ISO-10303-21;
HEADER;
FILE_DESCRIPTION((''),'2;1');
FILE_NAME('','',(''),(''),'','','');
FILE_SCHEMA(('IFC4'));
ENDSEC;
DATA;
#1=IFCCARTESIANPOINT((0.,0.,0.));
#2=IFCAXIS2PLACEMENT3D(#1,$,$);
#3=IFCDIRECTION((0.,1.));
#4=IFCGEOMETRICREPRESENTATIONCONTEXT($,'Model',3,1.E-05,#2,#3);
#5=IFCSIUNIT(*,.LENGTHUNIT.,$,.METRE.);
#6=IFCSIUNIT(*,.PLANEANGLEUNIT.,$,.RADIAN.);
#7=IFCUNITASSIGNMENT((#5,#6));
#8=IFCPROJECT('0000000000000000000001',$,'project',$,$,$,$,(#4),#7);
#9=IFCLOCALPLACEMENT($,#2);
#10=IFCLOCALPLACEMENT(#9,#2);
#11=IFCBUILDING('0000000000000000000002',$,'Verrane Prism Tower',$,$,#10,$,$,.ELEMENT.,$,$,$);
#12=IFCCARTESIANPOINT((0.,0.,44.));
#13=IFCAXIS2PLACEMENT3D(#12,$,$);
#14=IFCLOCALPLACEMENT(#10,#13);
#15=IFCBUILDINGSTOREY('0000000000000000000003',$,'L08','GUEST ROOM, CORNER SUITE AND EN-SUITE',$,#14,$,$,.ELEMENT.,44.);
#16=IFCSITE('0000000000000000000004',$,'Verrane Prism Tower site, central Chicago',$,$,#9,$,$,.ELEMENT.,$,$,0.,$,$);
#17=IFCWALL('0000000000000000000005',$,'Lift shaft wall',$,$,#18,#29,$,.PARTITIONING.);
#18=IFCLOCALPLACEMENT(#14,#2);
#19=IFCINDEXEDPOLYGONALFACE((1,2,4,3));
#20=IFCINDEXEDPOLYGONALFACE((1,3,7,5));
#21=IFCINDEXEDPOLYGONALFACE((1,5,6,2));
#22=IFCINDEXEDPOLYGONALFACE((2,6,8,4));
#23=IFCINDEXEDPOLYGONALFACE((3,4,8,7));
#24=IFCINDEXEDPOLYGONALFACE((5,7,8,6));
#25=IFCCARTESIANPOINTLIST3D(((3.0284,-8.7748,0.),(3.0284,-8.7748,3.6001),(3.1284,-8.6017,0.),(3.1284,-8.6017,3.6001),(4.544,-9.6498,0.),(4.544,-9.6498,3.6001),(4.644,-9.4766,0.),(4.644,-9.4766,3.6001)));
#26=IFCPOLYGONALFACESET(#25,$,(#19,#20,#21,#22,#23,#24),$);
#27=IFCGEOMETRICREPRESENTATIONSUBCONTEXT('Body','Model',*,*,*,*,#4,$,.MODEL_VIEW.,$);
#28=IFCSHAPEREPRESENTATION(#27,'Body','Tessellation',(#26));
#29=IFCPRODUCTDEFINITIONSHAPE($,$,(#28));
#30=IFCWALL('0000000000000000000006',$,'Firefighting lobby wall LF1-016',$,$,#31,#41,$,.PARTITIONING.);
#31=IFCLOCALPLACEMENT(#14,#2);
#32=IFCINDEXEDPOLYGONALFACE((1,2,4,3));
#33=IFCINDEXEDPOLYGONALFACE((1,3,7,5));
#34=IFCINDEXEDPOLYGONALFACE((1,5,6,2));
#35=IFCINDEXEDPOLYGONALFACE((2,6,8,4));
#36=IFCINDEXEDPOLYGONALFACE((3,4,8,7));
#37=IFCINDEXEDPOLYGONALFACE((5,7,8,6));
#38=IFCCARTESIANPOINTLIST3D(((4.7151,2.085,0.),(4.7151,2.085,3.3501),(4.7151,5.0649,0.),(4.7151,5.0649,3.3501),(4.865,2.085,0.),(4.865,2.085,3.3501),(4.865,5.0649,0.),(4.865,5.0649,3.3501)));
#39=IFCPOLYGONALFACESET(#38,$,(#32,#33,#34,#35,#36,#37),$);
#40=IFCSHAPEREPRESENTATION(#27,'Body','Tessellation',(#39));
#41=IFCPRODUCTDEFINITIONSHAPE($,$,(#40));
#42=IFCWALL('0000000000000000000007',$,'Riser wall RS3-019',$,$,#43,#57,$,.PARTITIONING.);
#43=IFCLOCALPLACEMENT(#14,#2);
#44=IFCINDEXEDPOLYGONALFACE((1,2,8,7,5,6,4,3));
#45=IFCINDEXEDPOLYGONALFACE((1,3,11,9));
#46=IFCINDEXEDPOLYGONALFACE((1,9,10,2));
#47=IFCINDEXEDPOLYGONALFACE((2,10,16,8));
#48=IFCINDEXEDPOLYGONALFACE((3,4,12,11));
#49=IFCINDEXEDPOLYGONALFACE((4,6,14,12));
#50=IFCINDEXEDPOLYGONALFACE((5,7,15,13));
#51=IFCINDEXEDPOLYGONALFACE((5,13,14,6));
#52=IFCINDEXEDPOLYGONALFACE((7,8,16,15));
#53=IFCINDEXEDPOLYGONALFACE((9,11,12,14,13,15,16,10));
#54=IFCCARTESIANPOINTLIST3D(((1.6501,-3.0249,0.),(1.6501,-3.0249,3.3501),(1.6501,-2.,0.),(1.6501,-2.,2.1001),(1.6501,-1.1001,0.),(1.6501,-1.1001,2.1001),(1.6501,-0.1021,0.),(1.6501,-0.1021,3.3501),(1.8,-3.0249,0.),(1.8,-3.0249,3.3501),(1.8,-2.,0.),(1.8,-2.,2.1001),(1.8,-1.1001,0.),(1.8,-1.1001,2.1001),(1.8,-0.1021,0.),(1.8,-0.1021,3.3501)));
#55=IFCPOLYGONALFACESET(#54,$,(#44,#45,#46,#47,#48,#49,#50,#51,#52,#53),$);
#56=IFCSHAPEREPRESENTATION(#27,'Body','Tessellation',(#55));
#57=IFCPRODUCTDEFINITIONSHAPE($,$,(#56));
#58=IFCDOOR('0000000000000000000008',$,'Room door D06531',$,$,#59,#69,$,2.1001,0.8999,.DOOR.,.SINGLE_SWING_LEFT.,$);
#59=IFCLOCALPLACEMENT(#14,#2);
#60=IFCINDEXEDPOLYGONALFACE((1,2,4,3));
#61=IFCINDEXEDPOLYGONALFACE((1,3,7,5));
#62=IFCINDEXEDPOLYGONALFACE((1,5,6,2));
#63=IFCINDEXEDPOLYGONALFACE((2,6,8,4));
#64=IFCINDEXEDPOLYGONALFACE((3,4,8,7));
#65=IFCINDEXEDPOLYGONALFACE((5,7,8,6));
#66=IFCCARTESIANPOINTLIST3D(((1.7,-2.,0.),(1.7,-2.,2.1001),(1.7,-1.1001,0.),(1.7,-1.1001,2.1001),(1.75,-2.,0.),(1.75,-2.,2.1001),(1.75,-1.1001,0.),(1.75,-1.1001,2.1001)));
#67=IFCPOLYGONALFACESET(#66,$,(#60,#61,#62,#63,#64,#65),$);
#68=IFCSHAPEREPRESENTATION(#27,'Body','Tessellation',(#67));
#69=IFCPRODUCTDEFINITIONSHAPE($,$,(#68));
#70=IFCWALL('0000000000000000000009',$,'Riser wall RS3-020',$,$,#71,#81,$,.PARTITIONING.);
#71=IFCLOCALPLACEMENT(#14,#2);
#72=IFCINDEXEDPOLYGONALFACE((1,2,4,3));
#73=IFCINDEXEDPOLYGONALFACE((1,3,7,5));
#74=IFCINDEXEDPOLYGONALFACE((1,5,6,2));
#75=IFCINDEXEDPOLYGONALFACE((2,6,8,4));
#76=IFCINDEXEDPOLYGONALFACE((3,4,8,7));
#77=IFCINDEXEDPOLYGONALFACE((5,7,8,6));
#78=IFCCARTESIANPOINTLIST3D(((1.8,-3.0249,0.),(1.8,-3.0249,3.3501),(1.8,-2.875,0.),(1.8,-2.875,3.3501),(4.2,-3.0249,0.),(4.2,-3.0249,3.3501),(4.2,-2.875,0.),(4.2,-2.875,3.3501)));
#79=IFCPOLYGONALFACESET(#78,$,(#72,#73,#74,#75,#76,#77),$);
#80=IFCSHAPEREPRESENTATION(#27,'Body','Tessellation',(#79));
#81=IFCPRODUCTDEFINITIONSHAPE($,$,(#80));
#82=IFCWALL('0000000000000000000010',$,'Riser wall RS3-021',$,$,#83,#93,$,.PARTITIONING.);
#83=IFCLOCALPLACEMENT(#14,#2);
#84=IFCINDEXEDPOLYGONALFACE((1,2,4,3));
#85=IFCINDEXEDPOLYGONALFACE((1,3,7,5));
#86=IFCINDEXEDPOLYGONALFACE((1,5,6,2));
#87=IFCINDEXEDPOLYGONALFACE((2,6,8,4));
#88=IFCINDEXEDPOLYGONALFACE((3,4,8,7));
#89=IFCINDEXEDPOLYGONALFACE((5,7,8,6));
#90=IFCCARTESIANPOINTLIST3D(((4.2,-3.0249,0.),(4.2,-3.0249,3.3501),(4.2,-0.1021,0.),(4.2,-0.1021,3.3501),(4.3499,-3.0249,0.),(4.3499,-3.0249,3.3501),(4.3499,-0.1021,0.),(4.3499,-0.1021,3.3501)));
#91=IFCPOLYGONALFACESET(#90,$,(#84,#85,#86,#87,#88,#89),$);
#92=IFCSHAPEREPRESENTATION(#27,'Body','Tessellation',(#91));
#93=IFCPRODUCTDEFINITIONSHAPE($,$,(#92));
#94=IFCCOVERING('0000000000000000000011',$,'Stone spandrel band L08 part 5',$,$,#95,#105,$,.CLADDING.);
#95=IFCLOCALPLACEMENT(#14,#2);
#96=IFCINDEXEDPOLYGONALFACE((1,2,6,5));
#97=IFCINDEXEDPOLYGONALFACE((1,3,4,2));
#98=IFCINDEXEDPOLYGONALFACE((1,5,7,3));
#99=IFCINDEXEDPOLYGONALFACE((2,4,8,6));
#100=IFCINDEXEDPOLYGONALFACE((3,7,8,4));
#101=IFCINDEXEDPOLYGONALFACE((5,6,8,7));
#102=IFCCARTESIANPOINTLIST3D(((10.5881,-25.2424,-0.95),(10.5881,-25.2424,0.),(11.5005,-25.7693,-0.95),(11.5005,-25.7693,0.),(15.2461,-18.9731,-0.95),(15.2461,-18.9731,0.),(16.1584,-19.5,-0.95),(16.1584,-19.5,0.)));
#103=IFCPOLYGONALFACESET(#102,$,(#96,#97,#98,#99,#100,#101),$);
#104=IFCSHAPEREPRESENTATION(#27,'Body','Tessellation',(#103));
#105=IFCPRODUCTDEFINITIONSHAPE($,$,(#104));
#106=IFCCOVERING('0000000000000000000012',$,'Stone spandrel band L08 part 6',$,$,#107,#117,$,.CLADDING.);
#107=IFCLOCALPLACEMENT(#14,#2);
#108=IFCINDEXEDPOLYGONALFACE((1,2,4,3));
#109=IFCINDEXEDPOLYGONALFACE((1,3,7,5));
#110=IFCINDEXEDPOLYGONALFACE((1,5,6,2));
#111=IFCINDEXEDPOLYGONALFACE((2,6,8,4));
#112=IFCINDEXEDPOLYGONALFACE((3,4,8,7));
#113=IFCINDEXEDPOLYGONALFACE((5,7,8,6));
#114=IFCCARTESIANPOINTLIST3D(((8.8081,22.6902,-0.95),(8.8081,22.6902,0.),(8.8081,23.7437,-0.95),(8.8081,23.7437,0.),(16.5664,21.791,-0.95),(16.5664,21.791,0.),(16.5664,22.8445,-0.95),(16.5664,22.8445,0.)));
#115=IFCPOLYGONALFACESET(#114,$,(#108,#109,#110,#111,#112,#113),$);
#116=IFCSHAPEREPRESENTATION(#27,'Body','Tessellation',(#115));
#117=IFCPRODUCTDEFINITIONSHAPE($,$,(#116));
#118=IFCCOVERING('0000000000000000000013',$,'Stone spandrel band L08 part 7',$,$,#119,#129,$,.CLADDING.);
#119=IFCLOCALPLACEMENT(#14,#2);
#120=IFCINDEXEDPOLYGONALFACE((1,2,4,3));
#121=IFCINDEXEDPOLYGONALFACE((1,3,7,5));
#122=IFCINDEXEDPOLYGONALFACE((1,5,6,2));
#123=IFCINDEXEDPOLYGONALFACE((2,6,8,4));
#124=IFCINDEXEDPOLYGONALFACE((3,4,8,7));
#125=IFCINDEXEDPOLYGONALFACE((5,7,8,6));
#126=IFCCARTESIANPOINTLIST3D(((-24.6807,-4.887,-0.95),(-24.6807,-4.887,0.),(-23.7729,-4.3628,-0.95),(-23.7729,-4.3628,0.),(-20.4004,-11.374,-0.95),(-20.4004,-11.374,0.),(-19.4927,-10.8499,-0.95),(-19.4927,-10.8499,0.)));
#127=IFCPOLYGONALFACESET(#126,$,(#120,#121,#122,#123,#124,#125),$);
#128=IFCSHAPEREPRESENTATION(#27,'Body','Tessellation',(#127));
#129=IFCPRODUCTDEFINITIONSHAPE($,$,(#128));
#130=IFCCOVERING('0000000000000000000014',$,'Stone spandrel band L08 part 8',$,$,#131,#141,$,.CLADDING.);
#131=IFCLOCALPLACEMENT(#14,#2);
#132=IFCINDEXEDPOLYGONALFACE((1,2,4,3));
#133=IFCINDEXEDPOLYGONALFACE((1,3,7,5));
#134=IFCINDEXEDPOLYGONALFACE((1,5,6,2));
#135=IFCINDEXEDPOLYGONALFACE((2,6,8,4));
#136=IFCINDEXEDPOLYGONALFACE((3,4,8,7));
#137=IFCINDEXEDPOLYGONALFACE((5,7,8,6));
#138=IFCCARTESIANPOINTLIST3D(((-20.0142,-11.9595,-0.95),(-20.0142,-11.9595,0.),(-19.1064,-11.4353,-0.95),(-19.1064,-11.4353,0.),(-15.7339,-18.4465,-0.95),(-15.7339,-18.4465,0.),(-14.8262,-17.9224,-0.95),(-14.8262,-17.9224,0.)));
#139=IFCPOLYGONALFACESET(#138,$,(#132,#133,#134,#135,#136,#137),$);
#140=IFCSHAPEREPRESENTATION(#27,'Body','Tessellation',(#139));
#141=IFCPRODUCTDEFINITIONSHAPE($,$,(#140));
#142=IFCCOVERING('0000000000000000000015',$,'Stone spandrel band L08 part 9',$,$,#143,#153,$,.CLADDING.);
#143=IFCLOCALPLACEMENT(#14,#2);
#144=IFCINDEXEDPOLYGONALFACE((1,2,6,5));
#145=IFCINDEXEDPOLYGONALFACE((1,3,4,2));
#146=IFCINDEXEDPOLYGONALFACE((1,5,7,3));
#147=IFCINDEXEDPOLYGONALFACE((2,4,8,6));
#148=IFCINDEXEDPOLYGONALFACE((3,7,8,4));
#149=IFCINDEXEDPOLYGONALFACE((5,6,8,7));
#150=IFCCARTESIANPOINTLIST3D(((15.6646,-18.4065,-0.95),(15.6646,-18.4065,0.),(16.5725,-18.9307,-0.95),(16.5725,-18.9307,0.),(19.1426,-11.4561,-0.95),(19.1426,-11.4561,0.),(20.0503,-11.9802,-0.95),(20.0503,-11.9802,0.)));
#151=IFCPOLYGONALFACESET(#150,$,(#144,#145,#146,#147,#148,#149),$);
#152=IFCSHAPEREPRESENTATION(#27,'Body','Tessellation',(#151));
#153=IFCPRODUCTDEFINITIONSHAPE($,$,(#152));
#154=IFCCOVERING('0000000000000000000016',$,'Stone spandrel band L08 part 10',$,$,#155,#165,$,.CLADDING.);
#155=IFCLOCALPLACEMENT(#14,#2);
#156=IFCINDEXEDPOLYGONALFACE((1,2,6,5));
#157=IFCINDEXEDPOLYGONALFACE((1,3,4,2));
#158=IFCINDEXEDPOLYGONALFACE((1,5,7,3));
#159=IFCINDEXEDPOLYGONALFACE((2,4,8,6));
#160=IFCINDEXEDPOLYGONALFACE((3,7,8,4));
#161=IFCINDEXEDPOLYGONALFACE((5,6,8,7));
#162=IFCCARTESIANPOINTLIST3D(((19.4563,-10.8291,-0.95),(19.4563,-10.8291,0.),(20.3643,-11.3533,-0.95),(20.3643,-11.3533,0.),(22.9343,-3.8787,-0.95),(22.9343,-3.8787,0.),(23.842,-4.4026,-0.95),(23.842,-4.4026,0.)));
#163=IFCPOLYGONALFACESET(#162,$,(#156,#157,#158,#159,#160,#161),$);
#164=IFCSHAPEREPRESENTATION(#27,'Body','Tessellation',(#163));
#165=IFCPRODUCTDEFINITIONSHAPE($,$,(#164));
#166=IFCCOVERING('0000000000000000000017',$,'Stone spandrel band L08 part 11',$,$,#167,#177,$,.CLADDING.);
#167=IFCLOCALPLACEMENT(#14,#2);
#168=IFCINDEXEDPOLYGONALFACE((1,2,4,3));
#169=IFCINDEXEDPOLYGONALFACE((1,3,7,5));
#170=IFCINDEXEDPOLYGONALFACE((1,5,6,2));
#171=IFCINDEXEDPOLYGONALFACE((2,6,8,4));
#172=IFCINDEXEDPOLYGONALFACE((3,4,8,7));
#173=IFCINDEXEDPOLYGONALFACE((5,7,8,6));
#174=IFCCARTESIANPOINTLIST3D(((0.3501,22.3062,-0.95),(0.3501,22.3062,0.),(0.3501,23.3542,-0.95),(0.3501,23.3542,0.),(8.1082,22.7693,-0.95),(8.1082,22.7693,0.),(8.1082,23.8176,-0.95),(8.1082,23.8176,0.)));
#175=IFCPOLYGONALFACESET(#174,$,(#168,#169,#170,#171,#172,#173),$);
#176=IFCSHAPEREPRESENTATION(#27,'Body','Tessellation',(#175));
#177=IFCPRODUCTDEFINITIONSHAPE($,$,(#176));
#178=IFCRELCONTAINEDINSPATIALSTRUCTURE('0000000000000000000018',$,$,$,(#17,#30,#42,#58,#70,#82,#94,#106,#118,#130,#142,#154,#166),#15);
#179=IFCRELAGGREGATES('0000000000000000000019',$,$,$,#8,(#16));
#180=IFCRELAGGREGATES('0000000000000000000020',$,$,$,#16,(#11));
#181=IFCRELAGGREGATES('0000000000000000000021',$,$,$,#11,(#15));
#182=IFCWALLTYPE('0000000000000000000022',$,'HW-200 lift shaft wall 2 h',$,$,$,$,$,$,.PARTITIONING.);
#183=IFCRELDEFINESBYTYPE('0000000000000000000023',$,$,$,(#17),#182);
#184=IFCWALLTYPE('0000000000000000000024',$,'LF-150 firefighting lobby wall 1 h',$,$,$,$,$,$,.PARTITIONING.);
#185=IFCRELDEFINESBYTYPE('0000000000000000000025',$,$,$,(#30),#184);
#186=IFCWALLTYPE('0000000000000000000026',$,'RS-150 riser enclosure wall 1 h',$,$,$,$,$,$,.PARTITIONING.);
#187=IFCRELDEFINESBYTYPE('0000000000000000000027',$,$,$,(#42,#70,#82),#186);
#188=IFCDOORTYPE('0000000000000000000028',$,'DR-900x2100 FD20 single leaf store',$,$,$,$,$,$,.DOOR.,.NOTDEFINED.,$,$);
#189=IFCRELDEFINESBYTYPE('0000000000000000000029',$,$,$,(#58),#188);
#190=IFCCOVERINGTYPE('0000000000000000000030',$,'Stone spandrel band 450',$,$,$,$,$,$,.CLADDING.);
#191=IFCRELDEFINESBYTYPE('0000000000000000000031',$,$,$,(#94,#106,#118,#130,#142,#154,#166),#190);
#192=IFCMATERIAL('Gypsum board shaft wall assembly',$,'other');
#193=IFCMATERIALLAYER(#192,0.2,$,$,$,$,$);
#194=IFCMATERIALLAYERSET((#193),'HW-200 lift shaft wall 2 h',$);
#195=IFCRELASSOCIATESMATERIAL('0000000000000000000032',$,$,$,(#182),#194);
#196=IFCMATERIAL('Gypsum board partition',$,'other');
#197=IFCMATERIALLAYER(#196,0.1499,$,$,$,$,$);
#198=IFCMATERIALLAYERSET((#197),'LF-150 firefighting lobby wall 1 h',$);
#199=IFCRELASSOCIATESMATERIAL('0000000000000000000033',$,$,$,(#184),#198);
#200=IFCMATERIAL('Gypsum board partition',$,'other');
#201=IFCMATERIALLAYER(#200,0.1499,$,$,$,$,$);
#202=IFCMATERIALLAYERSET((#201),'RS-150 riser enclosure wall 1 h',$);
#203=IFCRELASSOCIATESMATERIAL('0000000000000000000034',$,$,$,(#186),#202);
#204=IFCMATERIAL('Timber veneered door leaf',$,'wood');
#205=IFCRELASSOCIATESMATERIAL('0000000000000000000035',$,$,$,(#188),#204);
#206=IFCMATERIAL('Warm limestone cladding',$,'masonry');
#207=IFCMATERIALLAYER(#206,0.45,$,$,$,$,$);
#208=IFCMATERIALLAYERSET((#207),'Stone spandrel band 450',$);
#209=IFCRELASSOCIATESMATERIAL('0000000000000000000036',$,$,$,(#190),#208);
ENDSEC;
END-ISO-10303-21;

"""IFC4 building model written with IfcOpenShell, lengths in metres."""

from ifc_helpers import new_model, si_unit, direction, frame, frame_2d, origin, place, context, subcontext, project, spatial, polyline, rectangle, outline, extrude, material, layer, layer_set, type_object, element, fill, save


model = new_model("IFC4")

# Units and contexts
model_context = context("Model", 3, precision=1e-05, world=origin(), true_north=direction((0.0, 1.0)))
body_context = subcontext(model_context, "Body", "Model", "MODEL_VIEW")
ifc_project = project(units=[si_unit("LENGTHUNIT", "METRE"), si_unit("PLANEANGLEUNIT", "RADIAN")], contexts=[model_context])

# Site, building, storey
site_placement = place(None, origin())
site = spatial("IfcSite", under=ifc_project, at=site_placement, Name="Verrane Prism Tower site, central Chicago", CompositionType="ELEMENT", RefElevation=0.0)
building_placement = place(site_placement, origin())
building = spatial("IfcBuilding", under=site, at=building_placement, Name="Verrane Prism Tower", CompositionType="ELEMENT")
storey_placement = place(building_placement, frame((0.0, 0.0, 44.0)))
storey = spatial("IfcBuildingStorey", under=building, at=storey_placement, Name="L08", Description="GUEST ROOM, CORNER SUITE AND EN-SUITE", CompositionType="ELEMENT", Elevation=44.0)

# Shared definitions
ifc_material_1 = material(Name="Gypsum board shaft wall assembly", Category="other")
ifc_layer_1 = layer(ifc_material_1, 0.2)
ifc_layer_set_1 = layer_set([ifc_layer_1], Name="HW-200 lift shaft wall 2 h")
wall_type_1 = type_object("IfcWallType", Name="HW-200 lift shaft wall 2 h", PredefinedType="PARTITIONING", material=ifc_layer_set_1)

# Walls
wall_1_placement = place(storey_placement, frame((4.594, -9.5632, 0.0), z_axis=(0.0, 0.0, 1.0), x_axis=(-0.866037, 0.49998, 0.0)))
element("IfcWall", 1, at=wall_1_placement, inside=storey, type_object=wall_type_1, Name="Lift shaft wall", PredefinedType="PARTITIONING", context=body_context, shape_type="SweptSolid", body=[
    extrude(rectangle(XDim=1.75, YDim=0.2, at=frame_2d((0.875, 0.0))), origin(), (0.0, 0.0, 1.0), 3.6001),
])
ifc_material_2 = material(Name="Gypsum board partition", Category="other")
ifc_layer_2 = layer(ifc_material_2, 0.1499)
ifc_layer_set_2 = layer_set([ifc_layer_2], Name="LF-150 firefighting lobby wall 1 h")
wall_type_2 = type_object("IfcWallType", Name="LF-150 firefighting lobby wall 1 h", PredefinedType="PARTITIONING", material=ifc_layer_set_2)
wall_2_placement = place(storey_placement, frame((4.79, 2.085, 0.0), z_axis=(0.0, 0.0, 1.0), x_axis=(0.0, 1.0, 0.0)))
element("IfcWall", 2, at=wall_2_placement, inside=storey, type_object=wall_type_2, Name="Firefighting lobby wall LF1-016", PredefinedType="PARTITIONING", context=body_context, shape_type="SweptSolid", body=[
    extrude(rectangle(XDim=2.98, YDim=0.1499, at=frame_2d((1.49, 0.0))), origin(), (0.0, 0.0, 1.0), 3.3501),
])

# Wall, opening, door
ifc_material_3 = material(Name="Gypsum board partition", Category="other")
ifc_layer_3 = layer(ifc_material_3, 0.1499)
ifc_layer_set_3 = layer_set([ifc_layer_3], Name="RS-150 riser enclosure wall 1 h")
wall_type_3 = type_object("IfcWallType", Name="RS-150 riser enclosure wall 1 h", PredefinedType="PARTITIONING", material=ifc_layer_set_3)
wall_3_placement = place(storey_placement, frame((1.7251, -0.1021, 0.0), z_axis=(0.0, 0.0, 1.0), x_axis=(0.0, -1.0, 0.0)))
wall_3 = element("IfcWall", 3, at=wall_3_placement, inside=storey, type_object=wall_type_3, Name="Riser wall RS3-019", PredefinedType="PARTITIONING", context=body_context, shape_type="SweptSolid", body=[
    extrude(rectangle(XDim=2.9229, YDim=0.1499, at=frame_2d((1.4614, 0.0))), origin(), (0.0, 0.0, 1.0), 3.3501),
])
opening_1_placement = place(wall_3_placement, frame((0.998, 0.0, 0.0)))
opening_1 = element("IfcOpeningElement", 4, at=opening_1_placement, cuts=wall_3, PredefinedType="OPENING", context=body_context, shape_type="SweptSolid", body=[
    extrude(rectangle(XDim=0.8999, YDim=2.1001, at=frame_2d((0.45, 1.05))), frame((0.0, 0.085, 0.0), z_axis=(0.0, -1.0, 0.0), x_axis=(1.0, 0.0, 0.0)), (0.0, 0.0, 1.0), 0.1699),
])
ifc_material_4 = material(Name="Timber veneered door leaf", Category="wood")
door_type_1 = type_object("IfcDoorType", Name="DR-900x2100 FD20 single leaf store", OperationType="NOTDEFINED", PredefinedType="DOOR", material=ifc_material_4)
door_1_placement = place(opening_1_placement, origin())
door_1 = element("IfcDoor", 5, at=door_1_placement, inside=storey, type_object=door_type_1, Name="Room door D06531", OperationType="SINGLE_SWING_LEFT", OverallHeight=2.1001, OverallWidth=0.8999, PredefinedType="DOOR", context=body_context, shape_type="SweptSolid", body=[
    extrude(rectangle(XDim=0.8999, YDim=2.1001, at=frame_2d((0.45, 1.05))), frame((0.0, 0.0249, 0.0), z_axis=(0.0, -1.0, 0.0), x_axis=(1.0, 0.0, 0.0)), (0.0, 0.0, 1.0), 0.05),
])
fill(opening_1, door_1)

# Walls
wall_4_placement = place(storey_placement, frame((1.8, -2.95, 0.0), z_axis=(0.0, 0.0, 1.0), x_axis=(1.0, 0.0, 0.0)))
element("IfcWall", 6, at=wall_4_placement, inside=storey, type_object=wall_type_3, Name="Riser wall RS3-020", PredefinedType="PARTITIONING", context=body_context, shape_type="SweptSolid", body=[
    extrude(rectangle(XDim=2.3999, YDim=0.1499, at=frame_2d((1.2, 0.0))), origin(), (0.0, 0.0, 1.0), 3.3501),
])
wall_5_placement = place(storey_placement, frame((4.2749, -3.0249, 0.0), z_axis=(0.0, 0.0, 1.0), x_axis=(0.0, 1.0, 0.0)))
element("IfcWall", 7, at=wall_5_placement, inside=storey, type_object=wall_type_3, Name="Riser wall RS3-021", PredefinedType="PARTITIONING", context=body_context, shape_type="SweptSolid", body=[
    extrude(rectangle(XDim=2.9229, YDim=0.1499, at=frame_2d((1.4614, 0.0))), origin(), (0.0, 0.0, 1.0), 3.3501),
])

# Coverings
ifc_material_5 = material(Name="Warm limestone cladding", Category="masonry")
ifc_layer_4 = layer(ifc_material_5, 0.45)
ifc_layer_set_4 = layer_set([ifc_layer_4], Name="Stone spandrel band 450")
covering_type = type_object("IfcCoveringType", Name="Stone spandrel band 450", PredefinedType="CLADDING", material=ifc_layer_set_4)
covering_1_placement = place(storey_placement, frame((0.0, 0.0, -0.95)))
element("IfcCovering", 8, at=covering_1_placement, inside=storey, type_object=covering_type, Name="Stone spandrel band L08 part 5", PredefinedType="CLADDING", context=body_context, shape_type="SweptSolid", body=[
    extrude(outline(polyline([(15.2461, -18.9731), (10.5881, -25.2424), (11.5005, -25.7693), (16.1584, -19.5), (15.2461, -18.9731)])), origin(), (0.0, 0.0, 1.0), 0.95),
])
covering_2_placement = place(storey_placement, frame((0.0, 0.0, -0.95)))
element("IfcCovering", 9, at=covering_2_placement, inside=storey, type_object=covering_type, Name="Stone spandrel band L08 part 6", PredefinedType="CLADDING", context=body_context, shape_type="SweptSolid", body=[
    extrude(outline(polyline([(8.8081, 22.6902), (16.5664, 21.791), (16.5664, 22.8445), (8.8081, 23.7437), (8.8081, 22.6902)])), origin(), (0.0, 0.0, 1.0), 0.95),
])
covering_3_placement = place(storey_placement, frame((0.0, 0.0, -0.95)))
element("IfcCovering", 10, at=covering_3_placement, inside=storey, type_object=covering_type, Name="Stone spandrel band L08 part 7", PredefinedType="CLADDING", context=body_context, shape_type="SweptSolid", body=[
    extrude(outline(polyline([(-19.4927, -10.8499), (-23.7729, -4.3628), (-24.6807, -4.887), (-20.4004, -11.374), (-19.4927, -10.8499)])), origin(), (0.0, 0.0, 1.0), 0.95),
])
covering_4_placement = place(storey_placement, frame((0.0, 0.0, -0.95)))
element("IfcCovering", 11, at=covering_4_placement, inside=storey, type_object=covering_type, Name="Stone spandrel band L08 part 8", PredefinedType="CLADDING", context=body_context, shape_type="SweptSolid", body=[
    extrude(outline(polyline([(-14.8262, -17.9224), (-19.1064, -11.4353), (-20.0142, -11.9595), (-15.7339, -18.4465), (-14.8262, -17.9224)])), origin(), (0.0, 0.0, 1.0), 0.95),
])
covering_5_placement = place(storey_placement, frame((0.0, 0.0, -0.95)))
element("IfcCovering", 12, at=covering_5_placement, inside=storey, type_object=covering_type, Name="Stone spandrel band L08 part 9", PredefinedType="CLADDING", context=body_context, shape_type="SweptSolid", body=[
    extrude(outline(polyline([(20.0503, -11.9802), (19.1426, -11.4561), (15.6646, -18.4065), (16.5725, -18.9307), (20.0503, -11.9802)])), origin(), (0.0, 0.0, 1.0), 0.95),
])
covering_6_placement = place(storey_placement, frame((0.0, 0.0, -0.95)))
element("IfcCovering", 13, at=covering_6_placement, inside=storey, type_object=covering_type, Name="Stone spandrel band L08 part 10", PredefinedType="CLADDING", context=body_context, shape_type="SweptSolid", body=[
    extrude(outline(polyline([(22.9343, -3.8787), (19.4563, -10.8291), (20.3643, -11.3533), (23.842, -4.4026), (22.9343, -3.8787)])), origin(), (0.0, 0.0, 1.0), 0.95),
])
covering_7_placement = place(storey_placement, frame((0.0, 0.0, -0.95)))
element("IfcCovering", 14, at=covering_7_placement, inside=storey, type_object=covering_type, Name="Stone spandrel band L08 part 11", PredefinedType="CLADDING", context=body_context, shape_type="SweptSolid", body=[
    extrude(outline(polyline([(0.3501, 22.3062), (8.1082, 22.7693), (8.1082, 23.8176), (0.3501, 23.3542), (0.3501, 22.3062)])), origin(), (0.0, 0.0, 1.0), 0.95),
])

save(model, "model.ifc")
